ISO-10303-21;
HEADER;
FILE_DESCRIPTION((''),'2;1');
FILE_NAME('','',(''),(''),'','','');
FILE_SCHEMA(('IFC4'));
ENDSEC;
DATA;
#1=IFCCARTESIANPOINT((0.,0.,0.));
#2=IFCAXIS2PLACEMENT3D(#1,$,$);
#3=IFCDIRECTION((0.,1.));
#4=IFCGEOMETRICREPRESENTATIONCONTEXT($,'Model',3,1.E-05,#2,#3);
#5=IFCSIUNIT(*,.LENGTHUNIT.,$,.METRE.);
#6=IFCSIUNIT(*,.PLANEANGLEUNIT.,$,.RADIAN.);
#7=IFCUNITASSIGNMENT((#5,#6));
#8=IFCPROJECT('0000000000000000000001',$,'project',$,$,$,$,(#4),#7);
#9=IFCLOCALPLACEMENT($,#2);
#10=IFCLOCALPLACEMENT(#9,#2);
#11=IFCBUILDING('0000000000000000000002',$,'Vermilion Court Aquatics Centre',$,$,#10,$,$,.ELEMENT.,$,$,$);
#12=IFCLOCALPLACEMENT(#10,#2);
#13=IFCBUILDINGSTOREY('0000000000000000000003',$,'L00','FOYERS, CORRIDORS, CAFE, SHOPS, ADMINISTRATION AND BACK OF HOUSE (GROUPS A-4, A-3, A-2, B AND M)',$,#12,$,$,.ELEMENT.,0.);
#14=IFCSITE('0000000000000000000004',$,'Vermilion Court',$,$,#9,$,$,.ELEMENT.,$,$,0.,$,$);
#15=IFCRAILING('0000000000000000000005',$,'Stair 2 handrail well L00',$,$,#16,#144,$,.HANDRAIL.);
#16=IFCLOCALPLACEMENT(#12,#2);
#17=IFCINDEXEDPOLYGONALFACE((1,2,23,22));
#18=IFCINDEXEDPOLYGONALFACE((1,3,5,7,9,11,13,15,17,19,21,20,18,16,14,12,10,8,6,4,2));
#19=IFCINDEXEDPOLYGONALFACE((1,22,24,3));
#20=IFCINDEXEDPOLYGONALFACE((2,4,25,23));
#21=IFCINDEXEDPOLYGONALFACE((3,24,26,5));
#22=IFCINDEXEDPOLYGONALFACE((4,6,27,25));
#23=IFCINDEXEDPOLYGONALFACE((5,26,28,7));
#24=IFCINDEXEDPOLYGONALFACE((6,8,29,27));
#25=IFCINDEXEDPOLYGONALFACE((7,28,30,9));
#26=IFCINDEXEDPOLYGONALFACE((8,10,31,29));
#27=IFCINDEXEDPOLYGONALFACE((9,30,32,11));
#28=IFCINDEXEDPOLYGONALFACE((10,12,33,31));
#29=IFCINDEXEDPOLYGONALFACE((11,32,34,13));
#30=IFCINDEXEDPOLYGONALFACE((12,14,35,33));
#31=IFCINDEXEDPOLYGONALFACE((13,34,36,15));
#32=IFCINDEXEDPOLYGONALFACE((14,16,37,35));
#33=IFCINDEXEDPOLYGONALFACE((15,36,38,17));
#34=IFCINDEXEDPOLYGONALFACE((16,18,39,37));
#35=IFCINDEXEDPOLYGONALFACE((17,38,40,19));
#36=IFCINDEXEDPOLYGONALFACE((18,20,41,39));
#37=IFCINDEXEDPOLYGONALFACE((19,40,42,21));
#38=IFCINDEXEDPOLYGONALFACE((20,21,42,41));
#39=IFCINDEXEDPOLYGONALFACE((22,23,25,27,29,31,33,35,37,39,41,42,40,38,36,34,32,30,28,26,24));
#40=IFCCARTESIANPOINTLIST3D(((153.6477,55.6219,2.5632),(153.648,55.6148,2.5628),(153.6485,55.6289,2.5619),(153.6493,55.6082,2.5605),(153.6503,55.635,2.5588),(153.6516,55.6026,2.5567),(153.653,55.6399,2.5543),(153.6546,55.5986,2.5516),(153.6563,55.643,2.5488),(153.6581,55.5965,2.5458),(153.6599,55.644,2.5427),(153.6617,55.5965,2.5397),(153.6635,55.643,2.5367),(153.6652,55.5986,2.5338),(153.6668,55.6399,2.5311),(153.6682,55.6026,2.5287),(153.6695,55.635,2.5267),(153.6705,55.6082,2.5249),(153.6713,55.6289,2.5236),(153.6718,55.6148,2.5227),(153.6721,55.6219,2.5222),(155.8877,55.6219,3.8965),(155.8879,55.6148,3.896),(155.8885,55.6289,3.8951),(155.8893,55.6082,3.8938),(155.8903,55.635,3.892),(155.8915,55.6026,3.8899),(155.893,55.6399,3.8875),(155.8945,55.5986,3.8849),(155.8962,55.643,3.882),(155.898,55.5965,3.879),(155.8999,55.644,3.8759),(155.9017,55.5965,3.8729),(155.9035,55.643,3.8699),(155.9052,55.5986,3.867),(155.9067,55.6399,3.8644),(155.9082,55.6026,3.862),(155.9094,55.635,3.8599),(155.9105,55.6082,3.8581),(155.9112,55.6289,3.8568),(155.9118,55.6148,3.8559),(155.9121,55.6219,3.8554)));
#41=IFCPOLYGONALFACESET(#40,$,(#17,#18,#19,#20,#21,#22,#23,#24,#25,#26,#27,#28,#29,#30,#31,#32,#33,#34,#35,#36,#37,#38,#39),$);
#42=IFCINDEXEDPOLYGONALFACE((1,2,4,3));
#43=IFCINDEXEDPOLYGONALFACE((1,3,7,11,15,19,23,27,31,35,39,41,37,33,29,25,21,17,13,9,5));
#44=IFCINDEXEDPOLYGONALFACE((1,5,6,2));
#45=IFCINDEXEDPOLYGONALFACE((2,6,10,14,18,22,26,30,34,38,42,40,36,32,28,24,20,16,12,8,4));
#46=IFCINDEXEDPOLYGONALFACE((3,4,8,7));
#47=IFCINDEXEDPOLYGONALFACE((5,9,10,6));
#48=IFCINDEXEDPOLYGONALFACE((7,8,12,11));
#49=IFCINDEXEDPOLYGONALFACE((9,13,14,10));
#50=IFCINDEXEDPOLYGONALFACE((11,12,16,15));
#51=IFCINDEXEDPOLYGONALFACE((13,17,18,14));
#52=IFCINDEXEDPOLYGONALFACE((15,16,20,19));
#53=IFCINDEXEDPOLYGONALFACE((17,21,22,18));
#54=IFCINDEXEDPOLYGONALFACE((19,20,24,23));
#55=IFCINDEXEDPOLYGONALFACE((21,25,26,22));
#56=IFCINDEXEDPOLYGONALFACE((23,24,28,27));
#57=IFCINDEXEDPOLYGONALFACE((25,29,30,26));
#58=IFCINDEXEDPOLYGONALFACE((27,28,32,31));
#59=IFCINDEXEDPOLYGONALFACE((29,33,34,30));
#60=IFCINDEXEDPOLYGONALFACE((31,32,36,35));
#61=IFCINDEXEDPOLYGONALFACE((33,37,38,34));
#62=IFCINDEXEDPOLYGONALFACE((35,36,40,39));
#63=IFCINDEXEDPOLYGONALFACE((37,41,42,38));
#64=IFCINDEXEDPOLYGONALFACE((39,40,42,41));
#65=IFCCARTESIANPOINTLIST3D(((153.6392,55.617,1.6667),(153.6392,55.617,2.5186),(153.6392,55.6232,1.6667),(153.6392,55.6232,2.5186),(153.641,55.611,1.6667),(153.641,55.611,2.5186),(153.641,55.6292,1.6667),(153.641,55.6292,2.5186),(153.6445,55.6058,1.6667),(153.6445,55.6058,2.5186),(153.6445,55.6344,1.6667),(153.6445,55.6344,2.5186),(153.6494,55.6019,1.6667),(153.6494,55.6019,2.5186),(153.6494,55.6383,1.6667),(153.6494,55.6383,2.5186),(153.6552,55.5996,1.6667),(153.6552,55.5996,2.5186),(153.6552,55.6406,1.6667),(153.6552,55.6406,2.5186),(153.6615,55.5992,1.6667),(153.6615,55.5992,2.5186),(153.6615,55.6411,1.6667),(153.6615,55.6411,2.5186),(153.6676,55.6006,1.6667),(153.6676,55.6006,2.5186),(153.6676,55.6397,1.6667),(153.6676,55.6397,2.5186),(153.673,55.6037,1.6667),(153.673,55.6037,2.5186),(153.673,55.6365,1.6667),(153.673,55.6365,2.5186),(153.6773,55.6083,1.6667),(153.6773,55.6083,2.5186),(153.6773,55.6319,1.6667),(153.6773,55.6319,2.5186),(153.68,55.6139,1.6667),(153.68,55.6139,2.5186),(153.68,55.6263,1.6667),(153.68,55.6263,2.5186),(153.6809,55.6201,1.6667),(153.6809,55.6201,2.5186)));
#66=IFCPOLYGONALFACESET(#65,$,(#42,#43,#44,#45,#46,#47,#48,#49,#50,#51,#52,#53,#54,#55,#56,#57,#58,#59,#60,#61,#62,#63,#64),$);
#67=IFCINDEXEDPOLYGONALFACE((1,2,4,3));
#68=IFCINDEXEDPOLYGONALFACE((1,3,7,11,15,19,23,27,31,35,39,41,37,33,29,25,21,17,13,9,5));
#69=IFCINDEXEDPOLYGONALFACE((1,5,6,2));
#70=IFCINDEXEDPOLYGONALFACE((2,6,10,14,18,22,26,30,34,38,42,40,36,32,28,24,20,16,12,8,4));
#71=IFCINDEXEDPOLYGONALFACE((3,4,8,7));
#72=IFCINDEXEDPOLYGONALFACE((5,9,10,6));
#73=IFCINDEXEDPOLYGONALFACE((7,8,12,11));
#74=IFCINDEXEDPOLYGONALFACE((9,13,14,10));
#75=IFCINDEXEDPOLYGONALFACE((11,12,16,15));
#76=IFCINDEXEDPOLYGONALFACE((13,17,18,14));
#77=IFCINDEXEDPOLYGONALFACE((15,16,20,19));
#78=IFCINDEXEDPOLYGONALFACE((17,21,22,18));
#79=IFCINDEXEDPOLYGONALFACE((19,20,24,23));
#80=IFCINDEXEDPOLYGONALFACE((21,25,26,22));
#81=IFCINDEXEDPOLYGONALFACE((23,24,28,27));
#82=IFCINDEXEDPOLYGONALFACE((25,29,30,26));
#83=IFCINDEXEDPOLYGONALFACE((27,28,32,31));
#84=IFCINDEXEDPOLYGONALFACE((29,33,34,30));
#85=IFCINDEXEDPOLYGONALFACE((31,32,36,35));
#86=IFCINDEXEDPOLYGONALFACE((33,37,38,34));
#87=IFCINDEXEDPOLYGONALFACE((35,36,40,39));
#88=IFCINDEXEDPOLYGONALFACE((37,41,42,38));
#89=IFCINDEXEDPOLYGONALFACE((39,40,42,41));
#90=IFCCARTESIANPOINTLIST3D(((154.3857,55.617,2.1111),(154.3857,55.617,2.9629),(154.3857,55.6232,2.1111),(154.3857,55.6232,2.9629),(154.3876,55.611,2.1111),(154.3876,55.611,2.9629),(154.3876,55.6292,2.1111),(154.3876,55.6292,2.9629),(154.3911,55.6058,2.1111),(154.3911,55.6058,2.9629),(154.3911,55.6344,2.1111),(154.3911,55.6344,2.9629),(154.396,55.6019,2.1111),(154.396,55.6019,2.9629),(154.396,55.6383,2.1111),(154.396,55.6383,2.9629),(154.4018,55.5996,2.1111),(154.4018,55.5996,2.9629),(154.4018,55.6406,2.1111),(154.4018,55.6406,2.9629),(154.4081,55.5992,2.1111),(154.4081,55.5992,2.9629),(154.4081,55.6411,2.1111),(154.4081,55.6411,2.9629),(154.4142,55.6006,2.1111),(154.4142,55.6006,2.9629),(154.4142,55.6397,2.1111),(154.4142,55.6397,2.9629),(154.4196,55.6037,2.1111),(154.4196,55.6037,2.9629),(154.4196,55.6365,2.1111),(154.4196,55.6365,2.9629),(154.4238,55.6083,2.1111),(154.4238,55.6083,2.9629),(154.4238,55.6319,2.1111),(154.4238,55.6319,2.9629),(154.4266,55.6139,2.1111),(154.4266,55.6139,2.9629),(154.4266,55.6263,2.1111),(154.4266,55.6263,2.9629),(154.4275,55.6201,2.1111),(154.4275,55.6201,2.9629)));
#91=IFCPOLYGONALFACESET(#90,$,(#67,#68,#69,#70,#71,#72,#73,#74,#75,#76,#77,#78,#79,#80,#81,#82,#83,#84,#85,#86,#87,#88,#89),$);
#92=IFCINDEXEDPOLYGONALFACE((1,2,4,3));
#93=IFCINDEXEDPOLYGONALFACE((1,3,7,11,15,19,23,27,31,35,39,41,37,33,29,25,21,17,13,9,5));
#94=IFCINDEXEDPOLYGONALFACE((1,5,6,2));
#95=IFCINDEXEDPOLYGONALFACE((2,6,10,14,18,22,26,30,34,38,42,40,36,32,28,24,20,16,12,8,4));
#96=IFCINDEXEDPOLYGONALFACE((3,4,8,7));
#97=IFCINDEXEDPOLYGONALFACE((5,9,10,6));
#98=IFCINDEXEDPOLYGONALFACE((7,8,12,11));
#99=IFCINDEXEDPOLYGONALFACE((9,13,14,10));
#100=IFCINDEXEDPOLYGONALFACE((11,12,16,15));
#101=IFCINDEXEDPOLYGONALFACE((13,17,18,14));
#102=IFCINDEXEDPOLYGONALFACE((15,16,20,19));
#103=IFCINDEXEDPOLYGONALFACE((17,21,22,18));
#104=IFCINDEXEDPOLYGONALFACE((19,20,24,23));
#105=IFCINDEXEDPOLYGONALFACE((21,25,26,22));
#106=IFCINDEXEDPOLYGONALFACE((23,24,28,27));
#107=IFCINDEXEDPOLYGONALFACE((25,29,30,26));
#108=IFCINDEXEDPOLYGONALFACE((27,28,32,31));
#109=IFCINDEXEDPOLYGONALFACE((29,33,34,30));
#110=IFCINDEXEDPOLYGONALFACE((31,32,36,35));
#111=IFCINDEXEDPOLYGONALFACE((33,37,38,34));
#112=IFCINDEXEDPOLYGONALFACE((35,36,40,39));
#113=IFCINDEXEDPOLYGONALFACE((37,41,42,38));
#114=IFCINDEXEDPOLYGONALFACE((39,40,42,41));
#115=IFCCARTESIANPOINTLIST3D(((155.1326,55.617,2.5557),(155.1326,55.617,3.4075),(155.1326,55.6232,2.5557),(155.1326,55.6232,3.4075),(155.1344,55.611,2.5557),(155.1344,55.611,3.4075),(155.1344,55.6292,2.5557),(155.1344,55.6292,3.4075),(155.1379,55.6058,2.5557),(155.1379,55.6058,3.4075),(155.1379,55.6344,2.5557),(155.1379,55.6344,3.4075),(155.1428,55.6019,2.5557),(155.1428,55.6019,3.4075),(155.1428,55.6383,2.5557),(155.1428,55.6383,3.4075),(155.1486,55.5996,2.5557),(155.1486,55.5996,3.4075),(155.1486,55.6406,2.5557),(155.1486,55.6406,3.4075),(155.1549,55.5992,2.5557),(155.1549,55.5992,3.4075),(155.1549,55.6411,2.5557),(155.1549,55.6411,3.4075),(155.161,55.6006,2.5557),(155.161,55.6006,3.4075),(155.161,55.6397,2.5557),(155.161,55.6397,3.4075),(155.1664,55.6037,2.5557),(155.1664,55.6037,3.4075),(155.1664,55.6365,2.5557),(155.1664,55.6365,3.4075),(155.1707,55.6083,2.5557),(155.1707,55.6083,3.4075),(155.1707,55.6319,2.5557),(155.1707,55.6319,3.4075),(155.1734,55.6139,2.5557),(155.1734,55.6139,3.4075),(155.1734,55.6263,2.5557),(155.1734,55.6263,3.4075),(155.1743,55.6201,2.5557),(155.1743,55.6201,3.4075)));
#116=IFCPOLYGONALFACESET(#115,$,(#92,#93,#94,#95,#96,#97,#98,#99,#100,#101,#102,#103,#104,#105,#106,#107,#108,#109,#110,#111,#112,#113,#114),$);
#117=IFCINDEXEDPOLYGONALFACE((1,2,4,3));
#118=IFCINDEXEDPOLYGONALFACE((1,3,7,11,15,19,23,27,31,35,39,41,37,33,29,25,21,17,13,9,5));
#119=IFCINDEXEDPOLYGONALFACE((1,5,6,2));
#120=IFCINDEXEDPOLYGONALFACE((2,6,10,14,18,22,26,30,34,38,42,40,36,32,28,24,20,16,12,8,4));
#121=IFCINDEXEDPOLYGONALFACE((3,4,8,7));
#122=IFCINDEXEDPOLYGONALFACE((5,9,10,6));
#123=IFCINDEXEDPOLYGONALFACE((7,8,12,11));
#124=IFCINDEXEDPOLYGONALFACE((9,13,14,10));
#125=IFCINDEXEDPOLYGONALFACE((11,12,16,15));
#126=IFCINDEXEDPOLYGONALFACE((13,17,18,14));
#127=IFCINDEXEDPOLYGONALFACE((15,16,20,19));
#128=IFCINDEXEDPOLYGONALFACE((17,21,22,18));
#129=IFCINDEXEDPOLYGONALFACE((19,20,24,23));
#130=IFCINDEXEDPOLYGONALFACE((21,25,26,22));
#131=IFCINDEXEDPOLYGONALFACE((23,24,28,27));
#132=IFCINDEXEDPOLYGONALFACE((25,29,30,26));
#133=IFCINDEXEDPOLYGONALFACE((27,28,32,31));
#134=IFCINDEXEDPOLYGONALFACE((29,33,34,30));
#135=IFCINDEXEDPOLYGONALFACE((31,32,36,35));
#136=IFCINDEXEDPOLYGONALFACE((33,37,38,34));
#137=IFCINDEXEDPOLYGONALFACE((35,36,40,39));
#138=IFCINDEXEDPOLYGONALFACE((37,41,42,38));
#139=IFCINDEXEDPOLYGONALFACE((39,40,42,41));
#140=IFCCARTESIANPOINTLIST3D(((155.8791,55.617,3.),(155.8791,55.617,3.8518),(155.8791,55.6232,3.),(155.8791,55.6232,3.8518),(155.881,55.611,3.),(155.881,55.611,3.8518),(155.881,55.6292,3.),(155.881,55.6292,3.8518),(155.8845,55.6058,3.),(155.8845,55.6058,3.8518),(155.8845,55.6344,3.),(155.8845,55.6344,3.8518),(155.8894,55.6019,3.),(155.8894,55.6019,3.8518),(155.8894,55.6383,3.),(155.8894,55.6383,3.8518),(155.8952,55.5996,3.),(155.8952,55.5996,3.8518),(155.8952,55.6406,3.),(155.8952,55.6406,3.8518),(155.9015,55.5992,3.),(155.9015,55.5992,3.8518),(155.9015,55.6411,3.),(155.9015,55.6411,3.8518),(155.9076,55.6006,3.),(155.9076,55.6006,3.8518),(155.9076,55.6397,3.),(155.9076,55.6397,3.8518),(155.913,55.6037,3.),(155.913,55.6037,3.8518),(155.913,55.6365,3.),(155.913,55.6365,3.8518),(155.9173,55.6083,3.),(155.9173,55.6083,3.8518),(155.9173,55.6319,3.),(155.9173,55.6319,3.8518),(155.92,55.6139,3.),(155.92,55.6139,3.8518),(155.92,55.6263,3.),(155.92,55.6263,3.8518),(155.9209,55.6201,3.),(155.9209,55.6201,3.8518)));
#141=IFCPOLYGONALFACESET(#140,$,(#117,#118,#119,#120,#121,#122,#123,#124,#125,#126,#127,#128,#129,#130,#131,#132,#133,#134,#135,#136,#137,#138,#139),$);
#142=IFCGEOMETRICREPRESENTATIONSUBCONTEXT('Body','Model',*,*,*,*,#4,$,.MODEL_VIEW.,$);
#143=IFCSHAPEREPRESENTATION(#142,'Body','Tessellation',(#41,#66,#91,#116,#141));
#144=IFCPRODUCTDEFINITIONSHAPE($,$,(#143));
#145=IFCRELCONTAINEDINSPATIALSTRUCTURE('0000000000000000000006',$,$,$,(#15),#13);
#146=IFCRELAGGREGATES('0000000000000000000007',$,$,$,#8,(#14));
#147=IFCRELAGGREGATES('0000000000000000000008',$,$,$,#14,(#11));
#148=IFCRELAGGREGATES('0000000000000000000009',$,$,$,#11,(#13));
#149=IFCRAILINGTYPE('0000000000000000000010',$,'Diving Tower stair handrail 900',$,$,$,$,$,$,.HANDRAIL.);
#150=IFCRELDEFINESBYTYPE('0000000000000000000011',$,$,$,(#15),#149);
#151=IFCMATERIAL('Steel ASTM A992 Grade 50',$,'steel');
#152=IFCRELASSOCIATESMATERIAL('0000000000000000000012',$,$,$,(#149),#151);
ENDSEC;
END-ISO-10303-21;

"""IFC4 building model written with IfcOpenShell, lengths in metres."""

from ifc_helpers import new_model, si_unit, direction, frame, origin, origin_2d, place, context, subcontext, project, spatial, circle, extrude, material, type_object, element, save


model = new_model("IFC4")

# Units and contexts
model_context = context("Model", 3, precision=1e-05, world=origin(), true_north=direction((0.0, 1.0)))
body_context = subcontext(model_context, "Body", "Model", "MODEL_VIEW")
ifc_project = project(units=[si_unit("LENGTHUNIT", "METRE"), si_unit("PLANEANGLEUNIT", "RADIAN")], contexts=[model_context])

# Site, building, storey
site_placement = place(None, origin())
site = spatial("IfcSite", under=ifc_project, at=site_placement, Name="Vermilion Court", CompositionType="ELEMENT", RefElevation=0.0)
building_placement = place(site_placement, origin())
building = spatial("IfcBuilding", under=site, at=building_placement, Name="Vermilion Court Aquatics Centre", CompositionType="ELEMENT")
storey_placement = place(building_placement, origin())
storey = spatial("IfcBuildingStorey", under=building, at=storey_placement, Name="L00", Description="FOYERS, CORRIDORS, CAFE, SHOPS, ADMINISTRATION AND BACK OF HOUSE (GROUPS A-4, A-3, A-2, B AND M)", CompositionType="ELEMENT", Elevation=0.0)

# Railing
ifc_material_1 = material(Name="Steel ASTM A992 Grade 50", Category="steel")
railing_type_1 = type_object("IfcRailingType", Name="Diving Tower stair handrail 900", PredefinedType="HANDRAIL", material=ifc_material_1)
for number, where, name in (
    (1, (153.6599, 55.6201, 1.6667), "Stair 2 handrail well L00"),
):
    element("IfcRailing", number, at=place(storey_placement, frame(where)), inside=storey, type_object=railing_type_1, Name=name, PredefinedType="HANDRAIL", context=body_context, shape_type="SweptSolid", body=[
        extrude(circle(Radius=0.0239, at=origin_2d()), frame((0.0, 0.0, 0.876), z_axis=(0.859306, 0.0, 0.511462), x_axis=(0.0, 1.0, 0.0)), (0.0, 0.0, 1.0), 2.6067),
        extrude(circle(Radius=0.021, at=origin_2d()), origin(), (0.0, 0.0, 1.0), 0.8518),
        extrude(circle(Radius=0.021, at=origin_2d()), frame((0.7466, 0.0, 0.4443)), (0.0, 0.0, 1.0), 0.8518),
        extrude(circle(Radius=0.021, at=origin_2d()), frame((1.4934, 0.0, 0.8889)), (0.0, 0.0, 1.0), 0.8518),
        extrude(circle(Radius=0.021, at=origin_2d()), frame((2.24, 0.0, 1.3333)), (0.0, 0.0, 1.0), 0.8518),
    ])

save(model, "model.ifc")
